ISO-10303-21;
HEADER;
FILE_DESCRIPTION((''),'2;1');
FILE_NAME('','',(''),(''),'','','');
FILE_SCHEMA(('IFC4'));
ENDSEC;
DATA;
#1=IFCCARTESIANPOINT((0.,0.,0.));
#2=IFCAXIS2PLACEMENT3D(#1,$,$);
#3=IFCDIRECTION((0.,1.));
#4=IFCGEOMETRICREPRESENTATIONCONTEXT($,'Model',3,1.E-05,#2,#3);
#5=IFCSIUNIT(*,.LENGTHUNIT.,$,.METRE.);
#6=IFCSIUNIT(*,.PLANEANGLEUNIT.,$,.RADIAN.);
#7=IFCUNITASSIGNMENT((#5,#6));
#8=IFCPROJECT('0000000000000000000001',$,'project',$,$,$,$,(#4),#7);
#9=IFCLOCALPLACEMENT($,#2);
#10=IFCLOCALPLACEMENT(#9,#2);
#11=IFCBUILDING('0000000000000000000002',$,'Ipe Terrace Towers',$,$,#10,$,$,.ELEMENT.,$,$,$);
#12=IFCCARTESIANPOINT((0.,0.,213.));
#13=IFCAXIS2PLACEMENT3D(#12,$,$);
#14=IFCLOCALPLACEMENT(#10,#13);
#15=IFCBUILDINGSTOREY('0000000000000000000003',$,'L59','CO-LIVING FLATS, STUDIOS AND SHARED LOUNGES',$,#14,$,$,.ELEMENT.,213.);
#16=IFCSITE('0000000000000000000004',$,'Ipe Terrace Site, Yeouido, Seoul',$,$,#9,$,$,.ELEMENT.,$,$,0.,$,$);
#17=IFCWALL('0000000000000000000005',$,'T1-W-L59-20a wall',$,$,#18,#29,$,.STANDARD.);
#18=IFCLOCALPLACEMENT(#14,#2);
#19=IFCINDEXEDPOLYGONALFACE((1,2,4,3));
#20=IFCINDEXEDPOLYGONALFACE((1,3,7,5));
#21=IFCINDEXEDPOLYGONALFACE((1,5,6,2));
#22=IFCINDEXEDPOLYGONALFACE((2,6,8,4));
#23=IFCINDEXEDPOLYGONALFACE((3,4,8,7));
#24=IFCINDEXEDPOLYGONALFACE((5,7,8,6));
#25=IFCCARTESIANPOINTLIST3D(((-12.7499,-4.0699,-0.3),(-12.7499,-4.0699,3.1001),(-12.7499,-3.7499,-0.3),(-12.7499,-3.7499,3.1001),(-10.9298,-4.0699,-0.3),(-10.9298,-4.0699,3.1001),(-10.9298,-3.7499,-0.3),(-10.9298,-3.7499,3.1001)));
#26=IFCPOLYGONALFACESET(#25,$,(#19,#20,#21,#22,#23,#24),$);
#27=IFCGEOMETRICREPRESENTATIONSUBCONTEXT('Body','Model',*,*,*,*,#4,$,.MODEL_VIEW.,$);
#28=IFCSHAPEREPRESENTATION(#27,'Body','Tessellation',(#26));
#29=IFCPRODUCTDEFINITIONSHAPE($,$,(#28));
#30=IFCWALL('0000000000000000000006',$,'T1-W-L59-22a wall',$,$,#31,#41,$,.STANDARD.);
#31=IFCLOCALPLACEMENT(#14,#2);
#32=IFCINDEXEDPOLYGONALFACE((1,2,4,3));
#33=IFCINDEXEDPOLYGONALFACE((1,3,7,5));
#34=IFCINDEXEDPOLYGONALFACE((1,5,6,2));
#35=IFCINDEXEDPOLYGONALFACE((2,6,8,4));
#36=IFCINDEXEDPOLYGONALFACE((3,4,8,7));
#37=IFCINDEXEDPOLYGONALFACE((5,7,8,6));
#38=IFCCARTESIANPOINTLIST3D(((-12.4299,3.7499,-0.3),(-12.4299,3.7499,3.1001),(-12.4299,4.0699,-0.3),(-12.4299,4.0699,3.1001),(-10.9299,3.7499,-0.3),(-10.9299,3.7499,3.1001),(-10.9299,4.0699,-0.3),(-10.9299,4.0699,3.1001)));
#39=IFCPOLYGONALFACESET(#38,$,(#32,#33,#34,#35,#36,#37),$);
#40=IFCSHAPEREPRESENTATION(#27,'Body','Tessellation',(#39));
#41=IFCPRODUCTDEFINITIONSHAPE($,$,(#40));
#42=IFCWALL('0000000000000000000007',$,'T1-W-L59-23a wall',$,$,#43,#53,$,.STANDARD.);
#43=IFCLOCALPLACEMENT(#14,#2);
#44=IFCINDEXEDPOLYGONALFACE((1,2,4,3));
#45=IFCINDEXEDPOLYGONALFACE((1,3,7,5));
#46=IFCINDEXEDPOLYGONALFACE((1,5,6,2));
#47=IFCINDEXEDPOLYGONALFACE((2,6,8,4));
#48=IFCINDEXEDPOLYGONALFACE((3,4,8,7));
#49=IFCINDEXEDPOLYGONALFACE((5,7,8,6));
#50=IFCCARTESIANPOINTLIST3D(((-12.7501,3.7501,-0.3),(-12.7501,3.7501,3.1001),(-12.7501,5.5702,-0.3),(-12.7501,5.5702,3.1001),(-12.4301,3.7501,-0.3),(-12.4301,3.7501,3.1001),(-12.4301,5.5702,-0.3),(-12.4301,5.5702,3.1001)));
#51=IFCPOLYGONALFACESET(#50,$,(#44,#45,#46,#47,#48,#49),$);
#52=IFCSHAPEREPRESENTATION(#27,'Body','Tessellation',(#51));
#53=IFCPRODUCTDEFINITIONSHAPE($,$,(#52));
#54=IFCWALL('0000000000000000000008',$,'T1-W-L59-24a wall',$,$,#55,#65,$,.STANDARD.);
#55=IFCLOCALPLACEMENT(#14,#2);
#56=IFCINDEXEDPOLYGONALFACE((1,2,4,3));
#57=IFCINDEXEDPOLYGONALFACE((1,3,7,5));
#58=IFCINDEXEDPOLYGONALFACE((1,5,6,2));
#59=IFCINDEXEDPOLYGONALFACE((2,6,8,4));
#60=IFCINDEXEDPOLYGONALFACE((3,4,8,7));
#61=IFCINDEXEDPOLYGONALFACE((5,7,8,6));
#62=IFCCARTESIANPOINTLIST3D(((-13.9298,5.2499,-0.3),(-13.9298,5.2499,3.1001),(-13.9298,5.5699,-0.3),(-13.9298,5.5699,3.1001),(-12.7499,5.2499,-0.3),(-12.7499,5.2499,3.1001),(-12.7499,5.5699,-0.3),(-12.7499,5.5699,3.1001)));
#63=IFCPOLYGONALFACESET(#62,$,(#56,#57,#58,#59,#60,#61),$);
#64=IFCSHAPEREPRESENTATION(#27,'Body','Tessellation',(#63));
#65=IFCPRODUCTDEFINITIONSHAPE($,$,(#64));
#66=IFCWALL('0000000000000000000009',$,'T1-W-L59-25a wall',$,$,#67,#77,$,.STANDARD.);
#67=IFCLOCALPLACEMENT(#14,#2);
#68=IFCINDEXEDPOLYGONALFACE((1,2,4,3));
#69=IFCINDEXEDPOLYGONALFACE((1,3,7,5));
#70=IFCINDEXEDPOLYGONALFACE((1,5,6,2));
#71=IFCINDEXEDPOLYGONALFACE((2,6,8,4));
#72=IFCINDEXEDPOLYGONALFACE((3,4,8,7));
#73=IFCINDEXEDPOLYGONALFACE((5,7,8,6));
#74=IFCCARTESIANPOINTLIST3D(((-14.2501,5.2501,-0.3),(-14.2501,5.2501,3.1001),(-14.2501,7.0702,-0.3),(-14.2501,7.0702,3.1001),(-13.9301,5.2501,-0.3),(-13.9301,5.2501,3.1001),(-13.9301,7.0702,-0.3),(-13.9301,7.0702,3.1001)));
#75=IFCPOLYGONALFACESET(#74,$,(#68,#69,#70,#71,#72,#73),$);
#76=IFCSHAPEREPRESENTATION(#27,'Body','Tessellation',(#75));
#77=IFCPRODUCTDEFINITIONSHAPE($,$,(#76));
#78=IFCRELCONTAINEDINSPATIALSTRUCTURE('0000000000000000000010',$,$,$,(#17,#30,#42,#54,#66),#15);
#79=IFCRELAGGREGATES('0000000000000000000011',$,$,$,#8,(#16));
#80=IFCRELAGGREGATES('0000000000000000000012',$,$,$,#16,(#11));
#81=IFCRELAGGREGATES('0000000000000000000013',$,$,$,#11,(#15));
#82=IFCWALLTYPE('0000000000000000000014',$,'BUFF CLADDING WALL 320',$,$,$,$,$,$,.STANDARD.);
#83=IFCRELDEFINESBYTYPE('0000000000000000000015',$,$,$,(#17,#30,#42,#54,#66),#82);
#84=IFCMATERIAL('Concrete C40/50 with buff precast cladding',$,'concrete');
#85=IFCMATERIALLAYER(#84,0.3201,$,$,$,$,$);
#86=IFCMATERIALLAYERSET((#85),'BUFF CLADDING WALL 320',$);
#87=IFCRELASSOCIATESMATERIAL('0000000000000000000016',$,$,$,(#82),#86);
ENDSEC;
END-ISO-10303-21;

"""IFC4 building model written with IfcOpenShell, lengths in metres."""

from ifc_helpers import new_model, si_unit, direction, frame, frame_2d, origin, place, context, subcontext, project, spatial, rectangle, extrude, material, layer, layer_set, type_object, element, save


model = new_model("IFC4")

# Units and contexts
model_context = context("Model", 3, precision=1e-05, world=origin(), true_north=direction((0.0, 1.0)))
body_context = subcontext(model_context, "Body", "Model", "MODEL_VIEW")
ifc_project = project(units=[si_unit("LENGTHUNIT", "METRE"), si_unit("PLANEANGLEUNIT", "RADIAN")], contexts=[model_context])

# Site, building, storey
site_placement = place(None, origin())
site = spatial("IfcSite", under=ifc_project, at=site_placement, Name="Ipe Terrace Site, Yeouido, Seoul", CompositionType="ELEMENT", RefElevation=0.0)
building_placement = place(site_placement, origin())
building = spatial("IfcBuilding", under=site, at=building_placement, Name="Ipe Terrace Towers", CompositionType="ELEMENT")
storey_placement = place(building_placement, frame((0.0, 0.0, 213.0)))
storey = spatial("IfcBuildingStorey", under=building, at=storey_placement, Name="L59", Description="CO-LIVING FLATS, STUDIOS AND SHARED LOUNGES", CompositionType="ELEMENT", Elevation=213.0)

# Walls
ifc_material_1 = material(Name="Concrete C40/50 with buff precast cladding", Category="concrete")
ifc_layer_1 = layer(ifc_material_1, 0.3201)
ifc_layer_set_1 = layer_set([ifc_layer_1], Name="BUFF CLADDING WALL 320")
wall_type = type_object("IfcWallType", Name="BUFF CLADDING WALL 320", PredefinedType="STANDARD", material=ifc_layer_set_1)
wall_1_placement = place(storey_placement, frame((-12.75, -3.9099, -0.3), z_axis=(0.0, 0.0, 1.0), x_axis=(1.0, 0.0, 0.0)))
element("IfcWall", 1, at=wall_1_placement, inside=storey, type_object=wall_type, Name="T1-W-L59-20a wall", PredefinedType="STANDARD", context=body_context, shape_type="SweptSolid", body=[
    extrude(rectangle(XDim=1.8201, YDim=0.3201, at=frame_2d((0.9102, 0.0))), origin(), (0.0, 0.0, 1.0), 3.4001),
])
wall_2_placement = place(storey_placement, frame((-10.9299, 3.9099, -0.3), z_axis=(0.0, 0.0, 1.0), x_axis=(-1.0, 0.0, 0.0)))
element("IfcWall", 2, at=wall_2_placement, inside=storey, type_object=wall_type, Name="T1-W-L59-22a wall", PredefinedType="STANDARD", context=body_context, shape_type="SweptSolid", body=[
    extrude(rectangle(XDim=1.5, YDim=0.3201, at=frame_2d((0.75, 0.0))), origin(), (0.0, 0.0, 1.0), 3.4001),
])
wall_3_placement = place(storey_placement, frame((-12.5901, 3.75, -0.3), z_axis=(0.0, 0.0, 1.0), x_axis=(0.0, 1.0, 0.0)))
element("IfcWall", 3, at=wall_3_placement, inside=storey, type_object=wall_type, Name="T1-W-L59-23a wall", PredefinedType="STANDARD", context=body_context, shape_type="SweptSolid", body=[
    extrude(rectangle(XDim=1.8201, YDim=0.3201, at=frame_2d((0.9102, 0.0))), origin(), (0.0, 0.0, 1.0), 3.4001),
])
wall_4_placement = place(storey_placement, frame((-12.75, 5.4099, -0.3), z_axis=(0.0, 0.0, 1.0), x_axis=(-1.0, 0.0, 0.0)))
element("IfcWall", 4, at=wall_4_placement, inside=storey, type_object=wall_type, Name="T1-W-L59-24a wall", PredefinedType="STANDARD", context=body_context, shape_type="SweptSolid", body=[
    extrude(rectangle(XDim=1.1799, YDim=0.3201, at=frame_2d((0.5898, 0.0))), origin(), (0.0, 0.0, 1.0), 3.4001),
])
wall_5_placement = place(storey_placement, frame((-14.0901, 5.25, -0.3), z_axis=(0.0, 0.0, 1.0), x_axis=(0.0, 1.0, 0.0)))
element("IfcWall", 5, at=wall_5_placement, inside=storey, type_object=wall_type, Name="T1-W-L59-25a wall", PredefinedType="STANDARD", context=body_context, shape_type="SweptSolid", body=[
    extrude(rectangle(XDim=1.8201, YDim=0.3201, at=frame_2d((0.9102, 0.0))), origin(), (0.0, 0.0, 1.0), 3.4001),
])

save(model, "model.ifc")
